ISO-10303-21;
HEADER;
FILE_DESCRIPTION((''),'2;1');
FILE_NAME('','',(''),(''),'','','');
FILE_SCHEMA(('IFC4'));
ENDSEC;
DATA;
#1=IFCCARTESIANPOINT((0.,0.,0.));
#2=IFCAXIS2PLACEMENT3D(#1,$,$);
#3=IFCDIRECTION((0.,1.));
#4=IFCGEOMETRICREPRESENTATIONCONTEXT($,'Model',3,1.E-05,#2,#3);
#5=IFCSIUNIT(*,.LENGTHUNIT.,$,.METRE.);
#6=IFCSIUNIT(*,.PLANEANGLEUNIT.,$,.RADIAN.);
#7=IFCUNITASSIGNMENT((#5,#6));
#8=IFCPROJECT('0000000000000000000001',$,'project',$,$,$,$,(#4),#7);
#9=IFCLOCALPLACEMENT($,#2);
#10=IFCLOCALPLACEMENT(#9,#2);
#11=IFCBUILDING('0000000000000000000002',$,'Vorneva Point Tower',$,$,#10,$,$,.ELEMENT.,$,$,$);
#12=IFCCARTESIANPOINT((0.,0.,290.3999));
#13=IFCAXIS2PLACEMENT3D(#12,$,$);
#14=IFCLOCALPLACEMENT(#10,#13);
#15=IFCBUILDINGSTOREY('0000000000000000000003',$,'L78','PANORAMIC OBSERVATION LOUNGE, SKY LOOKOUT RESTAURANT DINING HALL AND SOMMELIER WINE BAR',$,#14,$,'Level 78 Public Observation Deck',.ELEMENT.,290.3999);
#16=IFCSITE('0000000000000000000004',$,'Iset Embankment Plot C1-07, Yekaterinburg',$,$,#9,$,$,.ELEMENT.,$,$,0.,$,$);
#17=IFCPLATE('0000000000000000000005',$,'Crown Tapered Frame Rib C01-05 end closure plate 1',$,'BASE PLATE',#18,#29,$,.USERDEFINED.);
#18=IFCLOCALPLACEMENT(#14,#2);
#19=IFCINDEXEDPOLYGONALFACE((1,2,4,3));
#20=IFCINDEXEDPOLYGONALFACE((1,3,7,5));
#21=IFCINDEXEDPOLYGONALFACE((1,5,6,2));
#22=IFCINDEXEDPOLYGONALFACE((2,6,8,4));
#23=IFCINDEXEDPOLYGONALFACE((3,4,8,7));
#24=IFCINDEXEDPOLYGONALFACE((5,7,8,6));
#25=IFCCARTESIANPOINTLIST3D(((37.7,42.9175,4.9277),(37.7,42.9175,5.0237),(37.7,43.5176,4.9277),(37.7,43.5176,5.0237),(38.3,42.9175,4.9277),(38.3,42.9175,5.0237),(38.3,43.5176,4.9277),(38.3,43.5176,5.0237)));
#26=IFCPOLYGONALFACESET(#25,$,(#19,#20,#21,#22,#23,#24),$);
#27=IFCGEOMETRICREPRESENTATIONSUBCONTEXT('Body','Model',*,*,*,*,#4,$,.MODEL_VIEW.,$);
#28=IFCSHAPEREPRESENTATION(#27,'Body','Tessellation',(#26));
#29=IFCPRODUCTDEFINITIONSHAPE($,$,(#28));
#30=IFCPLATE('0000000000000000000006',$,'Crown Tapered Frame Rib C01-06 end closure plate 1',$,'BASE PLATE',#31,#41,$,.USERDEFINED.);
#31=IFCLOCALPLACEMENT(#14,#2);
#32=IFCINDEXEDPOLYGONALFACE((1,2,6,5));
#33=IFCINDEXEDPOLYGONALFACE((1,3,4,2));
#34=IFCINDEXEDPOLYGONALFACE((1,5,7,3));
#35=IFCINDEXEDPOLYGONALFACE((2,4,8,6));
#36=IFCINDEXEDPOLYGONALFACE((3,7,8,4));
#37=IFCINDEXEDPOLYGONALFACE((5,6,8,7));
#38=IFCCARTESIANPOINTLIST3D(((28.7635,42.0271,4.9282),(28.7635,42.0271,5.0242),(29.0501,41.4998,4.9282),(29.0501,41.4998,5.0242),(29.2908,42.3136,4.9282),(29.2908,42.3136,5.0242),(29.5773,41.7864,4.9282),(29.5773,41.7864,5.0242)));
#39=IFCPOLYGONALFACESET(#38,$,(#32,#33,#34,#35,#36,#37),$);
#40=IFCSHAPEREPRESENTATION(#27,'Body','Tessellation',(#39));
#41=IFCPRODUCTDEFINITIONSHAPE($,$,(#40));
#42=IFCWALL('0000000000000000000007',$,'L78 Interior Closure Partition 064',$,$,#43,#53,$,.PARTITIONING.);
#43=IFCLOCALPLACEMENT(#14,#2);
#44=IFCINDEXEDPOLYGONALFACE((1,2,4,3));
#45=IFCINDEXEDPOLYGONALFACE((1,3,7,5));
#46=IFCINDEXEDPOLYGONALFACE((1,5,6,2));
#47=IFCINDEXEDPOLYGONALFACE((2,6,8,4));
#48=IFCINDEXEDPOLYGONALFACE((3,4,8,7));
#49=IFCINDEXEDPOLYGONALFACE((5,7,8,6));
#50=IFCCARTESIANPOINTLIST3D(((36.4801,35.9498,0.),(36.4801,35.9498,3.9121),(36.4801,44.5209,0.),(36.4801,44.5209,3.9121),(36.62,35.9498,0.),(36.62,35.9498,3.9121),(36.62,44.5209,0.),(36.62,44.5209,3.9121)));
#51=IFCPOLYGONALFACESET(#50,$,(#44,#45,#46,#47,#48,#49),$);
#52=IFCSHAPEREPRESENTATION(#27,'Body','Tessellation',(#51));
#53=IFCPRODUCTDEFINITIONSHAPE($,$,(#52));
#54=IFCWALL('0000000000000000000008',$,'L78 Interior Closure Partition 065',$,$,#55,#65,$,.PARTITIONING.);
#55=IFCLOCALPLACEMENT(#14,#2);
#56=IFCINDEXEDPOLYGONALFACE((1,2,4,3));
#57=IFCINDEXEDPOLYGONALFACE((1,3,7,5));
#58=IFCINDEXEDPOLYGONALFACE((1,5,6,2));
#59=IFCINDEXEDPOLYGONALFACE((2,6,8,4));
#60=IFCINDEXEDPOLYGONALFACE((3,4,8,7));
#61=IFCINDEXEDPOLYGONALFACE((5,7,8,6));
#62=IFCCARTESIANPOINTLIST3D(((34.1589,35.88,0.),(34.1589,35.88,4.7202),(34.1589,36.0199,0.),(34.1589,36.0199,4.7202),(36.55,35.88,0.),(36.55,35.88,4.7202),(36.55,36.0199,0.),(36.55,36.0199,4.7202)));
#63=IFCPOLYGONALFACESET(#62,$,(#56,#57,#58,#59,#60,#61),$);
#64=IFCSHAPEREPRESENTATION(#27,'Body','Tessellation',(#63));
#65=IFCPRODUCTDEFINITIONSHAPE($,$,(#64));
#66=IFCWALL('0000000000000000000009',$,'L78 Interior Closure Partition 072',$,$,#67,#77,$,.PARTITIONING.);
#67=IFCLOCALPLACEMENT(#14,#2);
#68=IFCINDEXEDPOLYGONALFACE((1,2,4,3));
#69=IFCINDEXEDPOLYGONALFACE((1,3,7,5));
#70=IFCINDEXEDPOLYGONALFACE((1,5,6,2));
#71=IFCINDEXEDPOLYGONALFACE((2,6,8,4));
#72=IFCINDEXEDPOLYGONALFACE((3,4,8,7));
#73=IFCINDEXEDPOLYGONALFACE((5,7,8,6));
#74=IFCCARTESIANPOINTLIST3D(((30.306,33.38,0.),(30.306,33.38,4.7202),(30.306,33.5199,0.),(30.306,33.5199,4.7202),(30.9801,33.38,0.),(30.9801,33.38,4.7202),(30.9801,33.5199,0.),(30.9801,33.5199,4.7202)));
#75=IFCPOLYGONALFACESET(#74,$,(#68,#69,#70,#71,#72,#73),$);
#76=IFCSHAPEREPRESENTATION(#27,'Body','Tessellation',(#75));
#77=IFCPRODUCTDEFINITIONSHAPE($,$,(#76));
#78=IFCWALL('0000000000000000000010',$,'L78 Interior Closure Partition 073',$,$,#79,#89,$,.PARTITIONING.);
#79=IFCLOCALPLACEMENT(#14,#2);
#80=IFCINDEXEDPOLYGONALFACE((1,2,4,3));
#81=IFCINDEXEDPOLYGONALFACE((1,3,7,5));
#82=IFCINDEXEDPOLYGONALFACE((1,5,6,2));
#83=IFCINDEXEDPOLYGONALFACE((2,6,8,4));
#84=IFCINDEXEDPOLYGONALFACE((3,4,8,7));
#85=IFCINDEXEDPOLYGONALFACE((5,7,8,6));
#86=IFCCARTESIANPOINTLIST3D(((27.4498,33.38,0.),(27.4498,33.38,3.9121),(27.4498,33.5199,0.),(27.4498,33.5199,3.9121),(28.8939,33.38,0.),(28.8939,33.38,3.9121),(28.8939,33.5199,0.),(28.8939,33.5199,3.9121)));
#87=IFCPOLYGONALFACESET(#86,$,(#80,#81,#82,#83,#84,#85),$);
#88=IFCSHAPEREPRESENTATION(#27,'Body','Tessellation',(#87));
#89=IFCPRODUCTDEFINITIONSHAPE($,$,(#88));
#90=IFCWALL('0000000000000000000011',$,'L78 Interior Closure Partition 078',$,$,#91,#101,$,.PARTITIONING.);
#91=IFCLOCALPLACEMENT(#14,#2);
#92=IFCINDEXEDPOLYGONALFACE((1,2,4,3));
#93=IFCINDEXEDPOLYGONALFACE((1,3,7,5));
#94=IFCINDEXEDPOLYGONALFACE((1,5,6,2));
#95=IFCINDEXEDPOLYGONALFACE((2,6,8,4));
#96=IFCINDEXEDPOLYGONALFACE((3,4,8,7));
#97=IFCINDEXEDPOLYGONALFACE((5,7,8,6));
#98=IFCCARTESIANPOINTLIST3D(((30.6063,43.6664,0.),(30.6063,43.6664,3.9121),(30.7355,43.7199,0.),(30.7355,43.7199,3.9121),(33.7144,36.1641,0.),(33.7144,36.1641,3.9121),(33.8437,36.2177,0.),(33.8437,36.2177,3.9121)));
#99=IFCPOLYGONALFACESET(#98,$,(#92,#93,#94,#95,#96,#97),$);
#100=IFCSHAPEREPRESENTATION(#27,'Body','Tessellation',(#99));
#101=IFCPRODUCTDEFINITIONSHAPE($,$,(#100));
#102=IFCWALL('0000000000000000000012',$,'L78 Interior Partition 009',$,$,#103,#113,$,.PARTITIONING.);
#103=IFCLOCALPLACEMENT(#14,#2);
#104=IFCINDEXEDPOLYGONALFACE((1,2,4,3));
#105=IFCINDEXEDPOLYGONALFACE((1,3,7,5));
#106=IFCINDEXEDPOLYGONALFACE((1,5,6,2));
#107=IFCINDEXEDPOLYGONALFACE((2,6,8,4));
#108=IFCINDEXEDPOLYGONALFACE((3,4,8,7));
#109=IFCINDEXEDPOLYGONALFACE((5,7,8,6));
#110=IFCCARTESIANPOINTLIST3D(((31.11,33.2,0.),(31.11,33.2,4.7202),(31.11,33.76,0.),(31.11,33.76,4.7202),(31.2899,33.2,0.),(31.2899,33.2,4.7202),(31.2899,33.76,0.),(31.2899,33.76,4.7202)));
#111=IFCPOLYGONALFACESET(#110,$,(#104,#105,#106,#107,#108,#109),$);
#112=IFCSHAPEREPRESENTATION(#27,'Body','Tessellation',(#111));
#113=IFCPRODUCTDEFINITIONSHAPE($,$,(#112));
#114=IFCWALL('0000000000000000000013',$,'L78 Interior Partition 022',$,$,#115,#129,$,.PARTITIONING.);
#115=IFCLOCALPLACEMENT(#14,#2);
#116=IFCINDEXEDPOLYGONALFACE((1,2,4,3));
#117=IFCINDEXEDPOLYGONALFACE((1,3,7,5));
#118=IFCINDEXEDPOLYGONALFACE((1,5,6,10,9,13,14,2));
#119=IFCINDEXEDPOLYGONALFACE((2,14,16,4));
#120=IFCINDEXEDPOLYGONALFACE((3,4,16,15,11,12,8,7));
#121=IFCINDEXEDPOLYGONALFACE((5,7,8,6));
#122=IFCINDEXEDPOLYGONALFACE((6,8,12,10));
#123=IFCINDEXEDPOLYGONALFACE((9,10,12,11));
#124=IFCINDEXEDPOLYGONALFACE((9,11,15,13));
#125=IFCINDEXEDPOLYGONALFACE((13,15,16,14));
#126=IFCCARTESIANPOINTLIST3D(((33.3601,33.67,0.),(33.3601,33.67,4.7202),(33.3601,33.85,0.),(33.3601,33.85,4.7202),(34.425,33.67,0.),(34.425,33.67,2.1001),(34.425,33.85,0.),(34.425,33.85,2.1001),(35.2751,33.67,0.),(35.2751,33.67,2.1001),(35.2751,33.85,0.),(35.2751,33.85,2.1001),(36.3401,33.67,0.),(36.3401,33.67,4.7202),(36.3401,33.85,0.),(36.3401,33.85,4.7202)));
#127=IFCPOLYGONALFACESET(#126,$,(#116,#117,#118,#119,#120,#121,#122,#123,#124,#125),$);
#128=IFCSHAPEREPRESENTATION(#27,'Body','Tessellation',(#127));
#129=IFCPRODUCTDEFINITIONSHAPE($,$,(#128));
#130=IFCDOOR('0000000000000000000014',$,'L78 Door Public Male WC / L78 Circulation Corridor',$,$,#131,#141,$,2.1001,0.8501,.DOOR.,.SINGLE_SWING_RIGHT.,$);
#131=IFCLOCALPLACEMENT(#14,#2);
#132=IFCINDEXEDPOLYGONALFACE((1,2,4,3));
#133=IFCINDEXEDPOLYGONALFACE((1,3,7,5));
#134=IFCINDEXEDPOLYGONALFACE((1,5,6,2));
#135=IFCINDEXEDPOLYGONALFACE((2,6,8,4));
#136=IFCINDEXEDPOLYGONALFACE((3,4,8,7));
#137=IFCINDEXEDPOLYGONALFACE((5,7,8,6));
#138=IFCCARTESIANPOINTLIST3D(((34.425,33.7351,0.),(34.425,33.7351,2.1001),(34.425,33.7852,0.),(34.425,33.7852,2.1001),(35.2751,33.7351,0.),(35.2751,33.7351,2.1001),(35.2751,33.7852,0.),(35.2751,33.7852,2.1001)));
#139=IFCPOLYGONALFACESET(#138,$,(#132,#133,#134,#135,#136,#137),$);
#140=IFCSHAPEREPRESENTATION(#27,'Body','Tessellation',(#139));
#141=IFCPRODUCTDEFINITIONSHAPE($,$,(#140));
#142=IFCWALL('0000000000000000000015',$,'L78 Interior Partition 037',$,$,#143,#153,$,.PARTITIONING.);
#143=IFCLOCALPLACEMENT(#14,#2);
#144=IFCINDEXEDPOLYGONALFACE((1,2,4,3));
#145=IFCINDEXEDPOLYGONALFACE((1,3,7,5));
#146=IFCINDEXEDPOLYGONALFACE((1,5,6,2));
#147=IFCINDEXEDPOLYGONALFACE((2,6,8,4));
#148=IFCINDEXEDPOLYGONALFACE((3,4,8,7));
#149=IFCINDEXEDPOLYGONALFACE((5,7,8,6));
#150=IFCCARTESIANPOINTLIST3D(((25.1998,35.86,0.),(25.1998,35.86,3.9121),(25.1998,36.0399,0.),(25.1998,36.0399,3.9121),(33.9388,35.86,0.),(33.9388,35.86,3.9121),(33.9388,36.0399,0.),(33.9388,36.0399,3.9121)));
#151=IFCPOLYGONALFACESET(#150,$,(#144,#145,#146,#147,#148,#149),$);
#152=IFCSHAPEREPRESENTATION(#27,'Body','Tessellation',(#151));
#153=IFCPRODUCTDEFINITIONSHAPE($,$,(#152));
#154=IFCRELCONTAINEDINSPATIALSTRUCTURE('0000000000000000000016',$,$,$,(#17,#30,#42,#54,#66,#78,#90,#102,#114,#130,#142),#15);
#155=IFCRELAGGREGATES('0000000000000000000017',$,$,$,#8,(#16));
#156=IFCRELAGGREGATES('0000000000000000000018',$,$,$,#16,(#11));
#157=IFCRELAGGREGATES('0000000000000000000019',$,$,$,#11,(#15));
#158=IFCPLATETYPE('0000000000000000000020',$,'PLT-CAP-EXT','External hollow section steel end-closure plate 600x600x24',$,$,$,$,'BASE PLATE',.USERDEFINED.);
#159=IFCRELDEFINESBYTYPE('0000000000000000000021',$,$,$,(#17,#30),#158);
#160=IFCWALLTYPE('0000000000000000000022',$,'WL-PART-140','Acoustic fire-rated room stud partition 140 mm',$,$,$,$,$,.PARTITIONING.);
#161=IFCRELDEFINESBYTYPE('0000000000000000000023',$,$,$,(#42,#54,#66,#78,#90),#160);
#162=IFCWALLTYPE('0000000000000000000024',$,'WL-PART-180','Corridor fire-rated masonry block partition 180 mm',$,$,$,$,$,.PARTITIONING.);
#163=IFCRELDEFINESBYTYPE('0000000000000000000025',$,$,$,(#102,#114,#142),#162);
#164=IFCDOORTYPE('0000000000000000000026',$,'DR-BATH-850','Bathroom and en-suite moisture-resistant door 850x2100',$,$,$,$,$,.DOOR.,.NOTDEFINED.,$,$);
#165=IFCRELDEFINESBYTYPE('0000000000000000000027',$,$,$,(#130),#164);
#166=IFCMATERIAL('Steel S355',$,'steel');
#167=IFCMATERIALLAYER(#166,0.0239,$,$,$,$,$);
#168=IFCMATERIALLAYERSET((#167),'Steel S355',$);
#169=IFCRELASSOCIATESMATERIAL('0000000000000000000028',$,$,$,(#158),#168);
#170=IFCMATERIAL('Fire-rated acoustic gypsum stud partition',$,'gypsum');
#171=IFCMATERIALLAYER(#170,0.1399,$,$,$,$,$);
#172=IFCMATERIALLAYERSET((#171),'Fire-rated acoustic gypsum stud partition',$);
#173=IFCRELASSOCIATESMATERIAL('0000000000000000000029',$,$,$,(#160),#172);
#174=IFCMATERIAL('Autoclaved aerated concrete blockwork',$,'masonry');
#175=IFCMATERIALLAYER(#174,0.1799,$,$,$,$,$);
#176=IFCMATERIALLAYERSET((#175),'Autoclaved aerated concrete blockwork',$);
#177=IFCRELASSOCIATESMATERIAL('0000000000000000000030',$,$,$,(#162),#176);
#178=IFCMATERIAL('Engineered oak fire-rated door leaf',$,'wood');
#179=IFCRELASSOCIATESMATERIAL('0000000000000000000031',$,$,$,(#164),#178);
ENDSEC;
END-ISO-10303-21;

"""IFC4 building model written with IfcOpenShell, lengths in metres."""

from ifc_helpers import new_model, si_unit, direction, frame, frame_2d, origin, origin_2d, place, context, subcontext, project, spatial, rectangle, extrude, material, layer, layer_set, type_object, element, fill, save


model = new_model("IFC4")

# Units and contexts
model_context = context("Model", 3, precision=1e-05, world=origin(), true_north=direction((0.0, 1.0)))
body_context = subcontext(model_context, "Body", "Model", "MODEL_VIEW")
ifc_project = project(units=[si_unit("LENGTHUNIT", "METRE"), si_unit("PLANEANGLEUNIT", "RADIAN")], contexts=[model_context])

# Site, building, storey
site_placement = place(None, origin())
site = spatial("IfcSite", under=ifc_project, at=site_placement, Name="Iset Embankment Plot C1-07, Yekaterinburg", CompositionType="ELEMENT", RefElevation=0.0)
building_placement = place(site_placement, origin())
building = spatial("IfcBuilding", under=site, at=building_placement, Name="Vorneva Point Tower", CompositionType="ELEMENT")
storey_placement = place(building_placement, frame((0.0, 0.0, 290.3999)))
storey = spatial("IfcBuildingStorey", under=building, at=storey_placement, Name="L78", Description="PANORAMIC OBSERVATION LOUNGE, SKY LOOKOUT RESTAURANT DINING HALL AND SOMMELIER WINE BAR", LongName="Level 78 Public Observation Deck", CompositionType="ELEMENT", Elevation=290.3999)

# Shared definitions
ifc_material_1 = material(Name="Steel S355", Category="steel")

# Plates
ifc_layer_1 = layer(ifc_material_1, 0.0239)
ifc_layer_set_1 = layer_set([ifc_layer_1], Name="Steel S355")
plate_type_1 = type_object("IfcPlateType", Name="PLT-CAP-EXT", Description="External hollow section steel end-closure plate 600x600x24", ElementType="BASE PLATE", PredefinedType="USERDEFINED", material=ifc_layer_set_1)
for number, where, z_axis, x_axis, name in (
    (1, (38.0, 43.2175, 4.9277), (0.0, 0.0, 1.0), (0.0, -1.0, 0.0), "Crown Tapered Frame Rib C01-05 end closure plate 1"),
    (2, (29.1704, 41.9067, 4.9282), (0.0, 0.0, 1.0), (0.477527, -0.878617, 0.0), "Crown Tapered Frame Rib C01-06 end closure plate 1"),
):
    element("IfcPlate", number, at=place(storey_placement, frame(where, z_axis=z_axis, x_axis=x_axis)), inside=storey, type_object=plate_type_1, Name=name, ObjectType="BASE PLATE", PredefinedType="USERDEFINED", context=body_context, shape_type="SweptSolid", body=[
        extrude(rectangle(XDim=0.6001, YDim=0.6001, at=origin_2d()), origin(), (0.0, 0.0, 1.0), 0.0959),
    ])

# Walls
ifc_material_2 = material(Name="Fire-rated acoustic gypsum stud partition", Category="gypsum")
ifc_layer_2 = layer(ifc_material_2, 0.1399)
ifc_layer_set_2 = layer_set([ifc_layer_2], Name="Fire-rated acoustic gypsum stud partition")
wall_type_1 = type_object("IfcWallType", Name="WL-PART-140", Description="Acoustic fire-rated room stud partition 140 mm", PredefinedType="PARTITIONING", material=ifc_layer_set_2)
wall_1_placement = place(storey_placement, frame((36.55, 44.521, 0.0), z_axis=(0.0, 0.0, 1.0), x_axis=(0.0, -1.0, 0.0)))
element("IfcWall", 3, at=wall_1_placement, inside=storey, type_object=wall_type_1, Name="L78 Interior Closure Partition 064", PredefinedType="PARTITIONING", context=body_context, shape_type="SweptSolid", body=[
    extrude(rectangle(XDim=8.571, YDim=0.1399, at=frame_2d((4.2856, 0.0))), origin(), (0.0, 0.0, 1.0), 3.9121),
])
wall_2_placement = place(storey_placement, frame((36.55, 35.95, 0.0), z_axis=(0.0, 0.0, 1.0), x_axis=(-1.0, 0.0, 0.0)))
element("IfcWall", 4, at=wall_2_placement, inside=storey, type_object=wall_type_1, Name="L78 Interior Closure Partition 065", PredefinedType="PARTITIONING", context=body_context, shape_type="SweptSolid", body=[
    extrude(rectangle(XDim=2.3911, YDim=0.1399, at=frame_2d((1.1956, 0.0))), origin(), (0.0, 0.0, 1.0), 4.7202),
])
wall_3_placement = place(storey_placement, frame((30.98, 33.45, 0.0), z_axis=(0.0, 0.0, 1.0), x_axis=(-1.0, 0.0, 0.0)))
element("IfcWall", 5, at=wall_3_placement, inside=storey, type_object=wall_type_1, Name="L78 Interior Closure Partition 072", PredefinedType="PARTITIONING", context=body_context, shape_type="SweptSolid", body=[
    extrude(rectangle(XDim=0.6741, YDim=0.1399, at=frame_2d((0.3369, 0.0))), origin(), (0.0, 0.0, 1.0), 4.7202),
])
wall_4_placement = place(storey_placement, frame((28.894, 33.45, 0.0), z_axis=(0.0, 0.0, 1.0), x_axis=(-1.0, 0.0, 0.0)))
element("IfcWall", 6, at=wall_4_placement, inside=storey, type_object=wall_type_1, Name="L78 Interior Closure Partition 073", PredefinedType="PARTITIONING", context=body_context, shape_type="SweptSolid", body=[
    extrude(rectangle(XDim=1.4441, YDim=0.1399, at=frame_2d((0.7222, 0.0))), origin(), (0.0, 0.0, 1.0), 3.9121),
])
wall_5_placement = place(storey_placement, frame((33.7791, 36.1909, 0.0), z_axis=(0.0, 0.0, 1.0), x_axis=(-0.382751, 0.923852, 0.0)))
element("IfcWall", 7, at=wall_5_placement, inside=storey, type_object=wall_type_1, Name="L78 Interior Closure Partition 078", PredefinedType="PARTITIONING", context=body_context, shape_type="SweptSolid", body=[
    extrude(rectangle(XDim=8.1206, YDim=0.1399, at=frame_2d((4.0603, 0.0))), origin(), (0.0, 0.0, 1.0), 3.9121),
])

# Shared definitions
ifc_material_3 = material(Name="Autoclaved aerated concrete blockwork", Category="masonry")
ifc_layer_3 = layer(ifc_material_3, 0.1799)
ifc_layer_set_3 = layer_set([ifc_layer_3], Name="Autoclaved aerated concrete blockwork")
wall_type_2 = type_object("IfcWallType", Name="WL-PART-180", Description="Corridor fire-rated masonry block partition 180 mm", PredefinedType="PARTITIONING", material=ifc_layer_set_3)

# Wall
wall_6_placement = place(storey_placement, frame((31.2, 33.76, 0.0), z_axis=(0.0, 0.0, 1.0), x_axis=(0.0, -1.0, 0.0)))
element("IfcWall", 8, at=wall_6_placement, inside=storey, type_object=wall_type_2, Name="L78 Interior Partition 009", PredefinedType="PARTITIONING", context=body_context, shape_type="SweptSolid", body=[
    extrude(rectangle(XDim=0.5601, YDim=0.1799, at=frame_2d((0.28, 0.0))), origin(), (0.0, 0.0, 1.0), 4.7202),
])

# Wall, opening, door
wall_7_placement = place(storey_placement, frame((36.3401, 33.76, 0.0), z_axis=(0.0, 0.0, 1.0), x_axis=(-1.0, 0.0, 0.0)))
wall_7 = element("IfcWall", 9, at=wall_7_placement, inside=storey, type_object=wall_type_2, Name="L78 Interior Partition 022", PredefinedType="PARTITIONING", context=body_context, shape_type="SweptSolid", body=[
    extrude(rectangle(XDim=2.98, YDim=0.1799, at=frame_2d((1.49, 0.0))), origin(), (0.0, 0.0, 1.0), 4.7202),
])
opening_1_placement = place(wall_7_placement, frame((1.0649, 0.0, 0.0)))
opening_1 = element("IfcOpeningElement", 10, at=opening_1_placement, cuts=wall_7, PredefinedType="OPENING", context=body_context, shape_type="SweptSolid", body=[
    extrude(rectangle(XDim=0.8501, YDim=2.1001, at=frame_2d((0.425, 1.05))), frame((0.0, 0.105, 0.0), z_axis=(0.0, -1.0, 0.0), x_axis=(1.0, 0.0, 0.0)), (0.0, 0.0, 1.0), 0.2097),
])
ifc_material_4 = material(Name="Engineered oak fire-rated door leaf", Category="wood")
door_type_1 = type_object("IfcDoorType", Name="DR-BATH-850", Description="Bathroom and en-suite moisture-resistant door 850x2100", OperationType="NOTDEFINED", PredefinedType="DOOR", material=ifc_material_4)
door_1_placement = place(opening_1_placement, origin())
door_1 = element("IfcDoor", 11, at=door_1_placement, inside=storey, type_object=door_type_1, Name="L78 Door Public Male WC / L78 Circulation Corridor", OperationType="SINGLE_SWING_RIGHT", OverallHeight=2.1001, OverallWidth=0.8501, PredefinedType="DOOR", context=body_context, shape_type="SweptSolid", body=[
    extrude(rectangle(XDim=0.8501, YDim=2.1001, at=frame_2d((0.425, 1.05))), frame((0.0, 0.0249, 0.0), z_axis=(0.0, -1.0, 0.0), x_axis=(1.0, 0.0, 0.0)), (0.0, 0.0, 1.0), 0.05),
])
fill(opening_1, door_1)

# Wall
wall_8_placement = place(storey_placement, frame((33.939, 35.95, 0.0), z_axis=(0.0, 0.0, 1.0), x_axis=(-1.0, 0.0, 0.0)))
element("IfcWall", 12, at=wall_8_placement, inside=storey, type_object=wall_type_2, Name="L78 Interior Partition 037", PredefinedType="PARTITIONING", context=body_context, shape_type="SweptSolid", body=[
    extrude(rectangle(XDim=8.739, YDim=0.1799, at=frame_2d((4.3696, 0.0))), origin(), (0.0, 0.0, 1.0), 3.9121),
])

save(model, "model.ifc")
